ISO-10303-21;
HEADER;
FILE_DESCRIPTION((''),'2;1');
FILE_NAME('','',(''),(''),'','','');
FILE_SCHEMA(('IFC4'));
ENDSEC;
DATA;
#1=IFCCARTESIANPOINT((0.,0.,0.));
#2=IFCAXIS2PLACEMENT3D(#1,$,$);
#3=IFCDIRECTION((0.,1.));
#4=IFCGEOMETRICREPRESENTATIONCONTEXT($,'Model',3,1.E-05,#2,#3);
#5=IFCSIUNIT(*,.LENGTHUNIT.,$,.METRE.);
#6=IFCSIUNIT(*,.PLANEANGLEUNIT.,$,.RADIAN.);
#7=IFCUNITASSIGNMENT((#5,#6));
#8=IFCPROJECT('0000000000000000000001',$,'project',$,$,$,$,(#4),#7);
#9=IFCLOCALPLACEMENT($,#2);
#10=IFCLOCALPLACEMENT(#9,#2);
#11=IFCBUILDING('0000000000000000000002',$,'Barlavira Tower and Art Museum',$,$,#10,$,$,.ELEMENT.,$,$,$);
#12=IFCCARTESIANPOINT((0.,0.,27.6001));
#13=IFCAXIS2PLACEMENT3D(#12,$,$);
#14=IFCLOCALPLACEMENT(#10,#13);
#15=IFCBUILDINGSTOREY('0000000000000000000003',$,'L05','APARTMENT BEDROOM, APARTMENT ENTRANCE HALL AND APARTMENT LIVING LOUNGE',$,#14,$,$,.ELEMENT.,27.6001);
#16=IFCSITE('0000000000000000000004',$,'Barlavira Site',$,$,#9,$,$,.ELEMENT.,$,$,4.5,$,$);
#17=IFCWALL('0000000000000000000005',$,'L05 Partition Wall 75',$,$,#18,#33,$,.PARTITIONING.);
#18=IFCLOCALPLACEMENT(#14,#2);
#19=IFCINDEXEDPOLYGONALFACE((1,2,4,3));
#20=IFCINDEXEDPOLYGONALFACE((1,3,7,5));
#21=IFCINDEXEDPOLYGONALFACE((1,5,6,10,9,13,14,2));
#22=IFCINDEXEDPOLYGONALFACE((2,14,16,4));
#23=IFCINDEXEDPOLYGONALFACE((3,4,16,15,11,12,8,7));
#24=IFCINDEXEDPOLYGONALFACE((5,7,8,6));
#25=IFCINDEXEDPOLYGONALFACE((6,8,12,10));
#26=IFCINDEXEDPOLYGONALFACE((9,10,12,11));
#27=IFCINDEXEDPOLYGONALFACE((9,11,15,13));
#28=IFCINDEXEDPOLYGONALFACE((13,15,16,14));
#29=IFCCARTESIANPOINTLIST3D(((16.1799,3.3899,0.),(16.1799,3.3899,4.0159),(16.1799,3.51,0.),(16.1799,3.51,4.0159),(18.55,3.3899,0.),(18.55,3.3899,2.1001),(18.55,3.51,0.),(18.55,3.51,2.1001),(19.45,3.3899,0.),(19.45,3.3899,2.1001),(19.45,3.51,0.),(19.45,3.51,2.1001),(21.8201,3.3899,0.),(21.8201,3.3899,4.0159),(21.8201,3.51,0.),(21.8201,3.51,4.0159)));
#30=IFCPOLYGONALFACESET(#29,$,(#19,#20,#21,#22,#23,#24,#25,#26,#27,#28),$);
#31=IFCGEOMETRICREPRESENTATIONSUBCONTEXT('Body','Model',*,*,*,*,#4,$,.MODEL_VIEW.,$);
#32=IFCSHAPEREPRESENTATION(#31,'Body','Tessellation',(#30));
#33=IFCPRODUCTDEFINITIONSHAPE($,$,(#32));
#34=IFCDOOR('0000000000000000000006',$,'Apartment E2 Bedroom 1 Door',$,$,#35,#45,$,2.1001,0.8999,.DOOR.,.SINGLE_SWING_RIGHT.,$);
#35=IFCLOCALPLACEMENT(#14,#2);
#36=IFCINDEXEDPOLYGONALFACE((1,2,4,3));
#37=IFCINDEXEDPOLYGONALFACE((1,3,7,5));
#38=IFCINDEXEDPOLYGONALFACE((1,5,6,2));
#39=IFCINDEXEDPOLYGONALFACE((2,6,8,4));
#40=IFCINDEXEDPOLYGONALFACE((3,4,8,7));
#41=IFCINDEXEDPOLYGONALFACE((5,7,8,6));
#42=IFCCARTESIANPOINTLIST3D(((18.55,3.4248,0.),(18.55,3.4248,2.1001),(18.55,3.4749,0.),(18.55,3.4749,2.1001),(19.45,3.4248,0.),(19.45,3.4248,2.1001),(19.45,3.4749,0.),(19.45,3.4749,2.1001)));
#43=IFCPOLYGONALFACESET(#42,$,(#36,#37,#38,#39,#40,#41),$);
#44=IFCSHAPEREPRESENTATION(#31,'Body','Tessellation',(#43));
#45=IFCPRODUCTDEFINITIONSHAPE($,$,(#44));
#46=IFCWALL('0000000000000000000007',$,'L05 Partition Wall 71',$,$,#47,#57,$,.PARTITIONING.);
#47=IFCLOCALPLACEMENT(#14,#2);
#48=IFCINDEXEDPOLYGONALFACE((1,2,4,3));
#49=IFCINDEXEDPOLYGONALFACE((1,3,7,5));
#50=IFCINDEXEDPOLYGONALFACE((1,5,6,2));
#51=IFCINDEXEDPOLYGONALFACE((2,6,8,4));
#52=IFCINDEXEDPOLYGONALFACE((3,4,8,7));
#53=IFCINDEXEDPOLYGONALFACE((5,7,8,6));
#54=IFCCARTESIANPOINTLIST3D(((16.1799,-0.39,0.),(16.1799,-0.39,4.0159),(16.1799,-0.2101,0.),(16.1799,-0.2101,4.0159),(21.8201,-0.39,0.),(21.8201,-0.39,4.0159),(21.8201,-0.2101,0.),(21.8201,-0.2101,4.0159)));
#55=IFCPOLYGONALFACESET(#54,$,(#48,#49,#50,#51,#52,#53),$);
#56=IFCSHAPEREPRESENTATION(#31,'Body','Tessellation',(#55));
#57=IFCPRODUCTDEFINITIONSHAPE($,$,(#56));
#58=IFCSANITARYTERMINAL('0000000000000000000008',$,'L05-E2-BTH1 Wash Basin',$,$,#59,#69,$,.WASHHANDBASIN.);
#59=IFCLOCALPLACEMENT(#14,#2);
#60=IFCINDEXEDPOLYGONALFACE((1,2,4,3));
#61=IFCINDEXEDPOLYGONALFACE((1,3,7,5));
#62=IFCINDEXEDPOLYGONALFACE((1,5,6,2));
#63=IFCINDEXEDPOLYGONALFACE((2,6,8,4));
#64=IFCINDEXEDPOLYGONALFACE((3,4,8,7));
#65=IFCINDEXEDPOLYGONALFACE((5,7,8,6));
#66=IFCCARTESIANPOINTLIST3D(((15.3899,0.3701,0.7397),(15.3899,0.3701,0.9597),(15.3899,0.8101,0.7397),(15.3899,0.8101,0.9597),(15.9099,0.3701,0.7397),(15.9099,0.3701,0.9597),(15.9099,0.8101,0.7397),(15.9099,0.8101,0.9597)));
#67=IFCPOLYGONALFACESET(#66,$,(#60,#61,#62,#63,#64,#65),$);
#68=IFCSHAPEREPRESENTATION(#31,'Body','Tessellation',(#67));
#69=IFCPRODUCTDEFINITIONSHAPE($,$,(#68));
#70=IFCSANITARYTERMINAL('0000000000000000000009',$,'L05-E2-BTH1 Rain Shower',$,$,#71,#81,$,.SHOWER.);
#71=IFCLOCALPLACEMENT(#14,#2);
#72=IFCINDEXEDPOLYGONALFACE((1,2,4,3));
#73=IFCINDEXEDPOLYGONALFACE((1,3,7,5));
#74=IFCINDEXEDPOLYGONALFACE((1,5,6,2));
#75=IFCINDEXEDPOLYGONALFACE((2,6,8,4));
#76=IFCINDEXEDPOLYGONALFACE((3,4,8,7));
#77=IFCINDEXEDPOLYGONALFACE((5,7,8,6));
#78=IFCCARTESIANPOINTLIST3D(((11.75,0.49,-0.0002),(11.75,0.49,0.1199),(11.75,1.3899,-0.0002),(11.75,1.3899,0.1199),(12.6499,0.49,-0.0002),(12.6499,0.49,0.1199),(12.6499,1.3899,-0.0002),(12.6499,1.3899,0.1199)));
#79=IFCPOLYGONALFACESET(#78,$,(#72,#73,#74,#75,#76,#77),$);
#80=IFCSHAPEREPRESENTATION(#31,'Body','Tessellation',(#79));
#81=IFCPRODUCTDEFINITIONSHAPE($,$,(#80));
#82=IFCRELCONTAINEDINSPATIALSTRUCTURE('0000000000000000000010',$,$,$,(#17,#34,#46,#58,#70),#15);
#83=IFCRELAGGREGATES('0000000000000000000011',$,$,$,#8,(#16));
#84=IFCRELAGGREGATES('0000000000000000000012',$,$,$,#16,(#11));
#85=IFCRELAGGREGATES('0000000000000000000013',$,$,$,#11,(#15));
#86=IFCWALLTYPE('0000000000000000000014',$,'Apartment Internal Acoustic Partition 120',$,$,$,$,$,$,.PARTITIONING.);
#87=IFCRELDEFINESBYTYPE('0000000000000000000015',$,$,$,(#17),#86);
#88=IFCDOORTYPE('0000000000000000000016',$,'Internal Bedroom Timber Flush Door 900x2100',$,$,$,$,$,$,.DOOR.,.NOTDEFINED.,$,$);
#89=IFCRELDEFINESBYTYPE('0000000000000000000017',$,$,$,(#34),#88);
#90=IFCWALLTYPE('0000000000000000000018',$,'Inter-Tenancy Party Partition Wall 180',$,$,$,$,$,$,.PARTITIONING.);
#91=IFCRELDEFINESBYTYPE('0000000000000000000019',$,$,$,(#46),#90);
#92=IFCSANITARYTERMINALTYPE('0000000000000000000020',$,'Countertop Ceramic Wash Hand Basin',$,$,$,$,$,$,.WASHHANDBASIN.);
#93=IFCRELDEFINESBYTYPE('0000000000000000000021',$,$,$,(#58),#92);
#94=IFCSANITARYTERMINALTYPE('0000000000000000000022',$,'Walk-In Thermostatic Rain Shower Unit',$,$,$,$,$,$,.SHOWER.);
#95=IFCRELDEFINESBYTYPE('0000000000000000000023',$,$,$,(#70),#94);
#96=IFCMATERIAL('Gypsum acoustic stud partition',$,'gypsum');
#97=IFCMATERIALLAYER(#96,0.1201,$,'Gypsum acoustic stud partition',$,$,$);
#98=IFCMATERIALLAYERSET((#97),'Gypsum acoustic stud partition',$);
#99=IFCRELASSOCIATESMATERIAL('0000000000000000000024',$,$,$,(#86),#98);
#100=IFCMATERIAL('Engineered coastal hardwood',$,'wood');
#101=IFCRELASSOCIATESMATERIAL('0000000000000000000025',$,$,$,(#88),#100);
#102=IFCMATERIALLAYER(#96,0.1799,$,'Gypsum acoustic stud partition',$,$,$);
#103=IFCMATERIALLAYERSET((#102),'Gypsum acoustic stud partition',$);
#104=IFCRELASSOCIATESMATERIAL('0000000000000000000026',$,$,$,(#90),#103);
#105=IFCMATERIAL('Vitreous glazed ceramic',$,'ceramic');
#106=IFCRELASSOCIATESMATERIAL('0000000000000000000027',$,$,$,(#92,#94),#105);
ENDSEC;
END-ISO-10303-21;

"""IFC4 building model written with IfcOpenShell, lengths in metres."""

from ifc_helpers import new_model, si_unit, direction, frame, frame_2d, origin, origin_2d, place, context, subcontext, project, spatial, rectangle, extrude, material, layer, layer_set, type_object, element, fill, save


model = new_model("IFC4")

# Units and contexts
model_context = context("Model", 3, precision=1e-05, world=origin(), true_north=direction((0.0, 1.0)))
body_context = subcontext(model_context, "Body", "Model", "MODEL_VIEW")
ifc_project = project(units=[si_unit("LENGTHUNIT", "METRE"), si_unit("PLANEANGLEUNIT", "RADIAN")], contexts=[model_context])

# Site, building, storey
site_placement = place(None, origin())
site = spatial("IfcSite", under=ifc_project, at=site_placement, Name="Barlavira Site", CompositionType="ELEMENT", RefElevation=4.5)
building_placement = place(site_placement, origin())
building = spatial("IfcBuilding", under=site, at=building_placement, Name="Barlavira Tower and Art Museum", CompositionType="ELEMENT")
storey_placement = place(building_placement, frame((0.0, 0.0, 27.6001)))
storey = spatial("IfcBuildingStorey", under=building, at=storey_placement, Name="L05", Description="APARTMENT BEDROOM, APARTMENT ENTRANCE HALL AND APARTMENT LIVING LOUNGE", CompositionType="ELEMENT", Elevation=27.6001)

# Wall, opening, door
ifc_material_1 = material(Name="Gypsum acoustic stud partition", Category="gypsum")
ifc_layer_1 = layer(ifc_material_1, 0.1201, Name="Gypsum acoustic stud partition")
ifc_layer_set_1 = layer_set([ifc_layer_1], Name="Gypsum acoustic stud partition")
wall_type_1 = type_object("IfcWallType", Name="Apartment Internal Acoustic Partition 120", PredefinedType="PARTITIONING", material=ifc_layer_set_1)
wall_1_placement = place(storey_placement, frame((16.1799, 3.45, 0.0), z_axis=(0.0, 0.0, 1.0), x_axis=(1.0, 0.0, 0.0)))
wall_1 = element("IfcWall", 1, at=wall_1_placement, inside=storey, type_object=wall_type_1, Name="L05 Partition Wall 75", PredefinedType="PARTITIONING", context=body_context, shape_type="SweptSolid", body=[
    extrude(rectangle(XDim=5.6401, YDim=0.1201, at=frame_2d((2.8201, 0.0))), origin(), (0.0, 0.0, 1.0), 4.0159),
])
opening_placement = place(wall_1_placement, frame((2.3701, 0.0, 0.0)))
opening = element("IfcOpeningElement", 2, at=opening_placement, cuts=wall_1, PredefinedType="OPENING", context=body_context, shape_type="SweptSolid", body=[
    extrude(rectangle(XDim=0.8999, YDim=2.1001, at=frame_2d((0.45, 1.05))), frame((0.0, 0.0701, 0.0), z_axis=(0.0, -1.0, 0.0), x_axis=(1.0, 0.0, 0.0)), (0.0, 0.0, 1.0), 0.1401),
])
ifc_material_2 = material(Name="Engineered coastal hardwood", Category="wood")
door_type = type_object("IfcDoorType", Name="Internal Bedroom Timber Flush Door 900x2100", OperationType="NOTDEFINED", PredefinedType="DOOR", material=ifc_material_2)
door_placement = place(opening_placement, origin())
door = element("IfcDoor", 3, at=door_placement, inside=storey, type_object=door_type, Name="Apartment E2 Bedroom 1 Door", OperationType="SINGLE_SWING_RIGHT", OverallHeight=2.1001, OverallWidth=0.8999, PredefinedType="DOOR", context=body_context, shape_type="SweptSolid", body=[
    extrude(rectangle(XDim=0.8999, YDim=2.1001, at=frame_2d((0.45, 1.05))), frame((0.0, 0.0249, 0.0), z_axis=(0.0, -1.0, 0.0), x_axis=(1.0, 0.0, 0.0)), (0.0, 0.0, 1.0), 0.05),
])
fill(opening, door)

# Wall
ifc_layer_2 = layer(ifc_material_1, 0.1799, Name="Gypsum acoustic stud partition")
ifc_layer_set_2 = layer_set([ifc_layer_2], Name="Gypsum acoustic stud partition")
wall_type_2 = type_object("IfcWallType", Name="Inter-Tenancy Party Partition Wall 180", PredefinedType="PARTITIONING", material=ifc_layer_set_2)
wall_2_placement = place(storey_placement, frame((16.1799, -0.3, 0.0), z_axis=(0.0, 0.0, 1.0), x_axis=(1.0, 0.0, 0.0)))
element("IfcWall", 4, at=wall_2_placement, inside=storey, type_object=wall_type_2, Name="L05 Partition Wall 71", PredefinedType="PARTITIONING", context=body_context, shape_type="SweptSolid", body=[
    extrude(rectangle(XDim=5.6401, YDim=0.1799, at=frame_2d((2.8201, 0.0))), origin(), (0.0, 0.0, 1.0), 4.0159),
])

# Sanitary terminals
ifc_material_3 = material(Name="Vitreous glazed ceramic", Category="ceramic")
sanitary_terminal_type_1 = type_object("IfcSanitaryTerminalType", Name="Countertop Ceramic Wash Hand Basin", PredefinedType="WASHHANDBASIN", material=ifc_material_3)
sanitary_terminal_1_placement = place(storey_placement, frame((15.6499, 0.5901, 0.7397), z_axis=(0.0, 0.0, 1.0), x_axis=(1.0, 0.0, 0.0)))
element("IfcSanitaryTerminal", 5, at=sanitary_terminal_1_placement, inside=storey, type_object=sanitary_terminal_type_1, Name="L05-E2-BTH1 Wash Basin", PredefinedType="WASHHANDBASIN", context=body_context, shape_type="SweptSolid", body=[
    extrude(rectangle(XDim=0.52, YDim=0.4399, at=origin_2d()), origin(), (0.0, 0.0, 1.0), 0.22),
])
sanitary_terminal_type_2 = type_object("IfcSanitaryTerminalType", Name="Walk-In Thermostatic Rain Shower Unit", PredefinedType="SHOWER", material=ifc_material_3)
sanitary_terminal_2_placement = place(storey_placement, frame((12.2, 0.9399, -0.0002), z_axis=(0.0, 0.0, 1.0), x_axis=(1.0, 0.0, 0.0)))
element("IfcSanitaryTerminal", 6, at=sanitary_terminal_2_placement, inside=storey, type_object=sanitary_terminal_type_2, Name="L05-E2-BTH1 Rain Shower", PredefinedType="SHOWER", context=body_context, shape_type="SweptSolid", body=[
    extrude(rectangle(XDim=0.8999, YDim=0.8999, at=origin_2d()), origin(), (0.0, 0.0, 1.0), 0.1201),
])

save(model, "model.ifc")
